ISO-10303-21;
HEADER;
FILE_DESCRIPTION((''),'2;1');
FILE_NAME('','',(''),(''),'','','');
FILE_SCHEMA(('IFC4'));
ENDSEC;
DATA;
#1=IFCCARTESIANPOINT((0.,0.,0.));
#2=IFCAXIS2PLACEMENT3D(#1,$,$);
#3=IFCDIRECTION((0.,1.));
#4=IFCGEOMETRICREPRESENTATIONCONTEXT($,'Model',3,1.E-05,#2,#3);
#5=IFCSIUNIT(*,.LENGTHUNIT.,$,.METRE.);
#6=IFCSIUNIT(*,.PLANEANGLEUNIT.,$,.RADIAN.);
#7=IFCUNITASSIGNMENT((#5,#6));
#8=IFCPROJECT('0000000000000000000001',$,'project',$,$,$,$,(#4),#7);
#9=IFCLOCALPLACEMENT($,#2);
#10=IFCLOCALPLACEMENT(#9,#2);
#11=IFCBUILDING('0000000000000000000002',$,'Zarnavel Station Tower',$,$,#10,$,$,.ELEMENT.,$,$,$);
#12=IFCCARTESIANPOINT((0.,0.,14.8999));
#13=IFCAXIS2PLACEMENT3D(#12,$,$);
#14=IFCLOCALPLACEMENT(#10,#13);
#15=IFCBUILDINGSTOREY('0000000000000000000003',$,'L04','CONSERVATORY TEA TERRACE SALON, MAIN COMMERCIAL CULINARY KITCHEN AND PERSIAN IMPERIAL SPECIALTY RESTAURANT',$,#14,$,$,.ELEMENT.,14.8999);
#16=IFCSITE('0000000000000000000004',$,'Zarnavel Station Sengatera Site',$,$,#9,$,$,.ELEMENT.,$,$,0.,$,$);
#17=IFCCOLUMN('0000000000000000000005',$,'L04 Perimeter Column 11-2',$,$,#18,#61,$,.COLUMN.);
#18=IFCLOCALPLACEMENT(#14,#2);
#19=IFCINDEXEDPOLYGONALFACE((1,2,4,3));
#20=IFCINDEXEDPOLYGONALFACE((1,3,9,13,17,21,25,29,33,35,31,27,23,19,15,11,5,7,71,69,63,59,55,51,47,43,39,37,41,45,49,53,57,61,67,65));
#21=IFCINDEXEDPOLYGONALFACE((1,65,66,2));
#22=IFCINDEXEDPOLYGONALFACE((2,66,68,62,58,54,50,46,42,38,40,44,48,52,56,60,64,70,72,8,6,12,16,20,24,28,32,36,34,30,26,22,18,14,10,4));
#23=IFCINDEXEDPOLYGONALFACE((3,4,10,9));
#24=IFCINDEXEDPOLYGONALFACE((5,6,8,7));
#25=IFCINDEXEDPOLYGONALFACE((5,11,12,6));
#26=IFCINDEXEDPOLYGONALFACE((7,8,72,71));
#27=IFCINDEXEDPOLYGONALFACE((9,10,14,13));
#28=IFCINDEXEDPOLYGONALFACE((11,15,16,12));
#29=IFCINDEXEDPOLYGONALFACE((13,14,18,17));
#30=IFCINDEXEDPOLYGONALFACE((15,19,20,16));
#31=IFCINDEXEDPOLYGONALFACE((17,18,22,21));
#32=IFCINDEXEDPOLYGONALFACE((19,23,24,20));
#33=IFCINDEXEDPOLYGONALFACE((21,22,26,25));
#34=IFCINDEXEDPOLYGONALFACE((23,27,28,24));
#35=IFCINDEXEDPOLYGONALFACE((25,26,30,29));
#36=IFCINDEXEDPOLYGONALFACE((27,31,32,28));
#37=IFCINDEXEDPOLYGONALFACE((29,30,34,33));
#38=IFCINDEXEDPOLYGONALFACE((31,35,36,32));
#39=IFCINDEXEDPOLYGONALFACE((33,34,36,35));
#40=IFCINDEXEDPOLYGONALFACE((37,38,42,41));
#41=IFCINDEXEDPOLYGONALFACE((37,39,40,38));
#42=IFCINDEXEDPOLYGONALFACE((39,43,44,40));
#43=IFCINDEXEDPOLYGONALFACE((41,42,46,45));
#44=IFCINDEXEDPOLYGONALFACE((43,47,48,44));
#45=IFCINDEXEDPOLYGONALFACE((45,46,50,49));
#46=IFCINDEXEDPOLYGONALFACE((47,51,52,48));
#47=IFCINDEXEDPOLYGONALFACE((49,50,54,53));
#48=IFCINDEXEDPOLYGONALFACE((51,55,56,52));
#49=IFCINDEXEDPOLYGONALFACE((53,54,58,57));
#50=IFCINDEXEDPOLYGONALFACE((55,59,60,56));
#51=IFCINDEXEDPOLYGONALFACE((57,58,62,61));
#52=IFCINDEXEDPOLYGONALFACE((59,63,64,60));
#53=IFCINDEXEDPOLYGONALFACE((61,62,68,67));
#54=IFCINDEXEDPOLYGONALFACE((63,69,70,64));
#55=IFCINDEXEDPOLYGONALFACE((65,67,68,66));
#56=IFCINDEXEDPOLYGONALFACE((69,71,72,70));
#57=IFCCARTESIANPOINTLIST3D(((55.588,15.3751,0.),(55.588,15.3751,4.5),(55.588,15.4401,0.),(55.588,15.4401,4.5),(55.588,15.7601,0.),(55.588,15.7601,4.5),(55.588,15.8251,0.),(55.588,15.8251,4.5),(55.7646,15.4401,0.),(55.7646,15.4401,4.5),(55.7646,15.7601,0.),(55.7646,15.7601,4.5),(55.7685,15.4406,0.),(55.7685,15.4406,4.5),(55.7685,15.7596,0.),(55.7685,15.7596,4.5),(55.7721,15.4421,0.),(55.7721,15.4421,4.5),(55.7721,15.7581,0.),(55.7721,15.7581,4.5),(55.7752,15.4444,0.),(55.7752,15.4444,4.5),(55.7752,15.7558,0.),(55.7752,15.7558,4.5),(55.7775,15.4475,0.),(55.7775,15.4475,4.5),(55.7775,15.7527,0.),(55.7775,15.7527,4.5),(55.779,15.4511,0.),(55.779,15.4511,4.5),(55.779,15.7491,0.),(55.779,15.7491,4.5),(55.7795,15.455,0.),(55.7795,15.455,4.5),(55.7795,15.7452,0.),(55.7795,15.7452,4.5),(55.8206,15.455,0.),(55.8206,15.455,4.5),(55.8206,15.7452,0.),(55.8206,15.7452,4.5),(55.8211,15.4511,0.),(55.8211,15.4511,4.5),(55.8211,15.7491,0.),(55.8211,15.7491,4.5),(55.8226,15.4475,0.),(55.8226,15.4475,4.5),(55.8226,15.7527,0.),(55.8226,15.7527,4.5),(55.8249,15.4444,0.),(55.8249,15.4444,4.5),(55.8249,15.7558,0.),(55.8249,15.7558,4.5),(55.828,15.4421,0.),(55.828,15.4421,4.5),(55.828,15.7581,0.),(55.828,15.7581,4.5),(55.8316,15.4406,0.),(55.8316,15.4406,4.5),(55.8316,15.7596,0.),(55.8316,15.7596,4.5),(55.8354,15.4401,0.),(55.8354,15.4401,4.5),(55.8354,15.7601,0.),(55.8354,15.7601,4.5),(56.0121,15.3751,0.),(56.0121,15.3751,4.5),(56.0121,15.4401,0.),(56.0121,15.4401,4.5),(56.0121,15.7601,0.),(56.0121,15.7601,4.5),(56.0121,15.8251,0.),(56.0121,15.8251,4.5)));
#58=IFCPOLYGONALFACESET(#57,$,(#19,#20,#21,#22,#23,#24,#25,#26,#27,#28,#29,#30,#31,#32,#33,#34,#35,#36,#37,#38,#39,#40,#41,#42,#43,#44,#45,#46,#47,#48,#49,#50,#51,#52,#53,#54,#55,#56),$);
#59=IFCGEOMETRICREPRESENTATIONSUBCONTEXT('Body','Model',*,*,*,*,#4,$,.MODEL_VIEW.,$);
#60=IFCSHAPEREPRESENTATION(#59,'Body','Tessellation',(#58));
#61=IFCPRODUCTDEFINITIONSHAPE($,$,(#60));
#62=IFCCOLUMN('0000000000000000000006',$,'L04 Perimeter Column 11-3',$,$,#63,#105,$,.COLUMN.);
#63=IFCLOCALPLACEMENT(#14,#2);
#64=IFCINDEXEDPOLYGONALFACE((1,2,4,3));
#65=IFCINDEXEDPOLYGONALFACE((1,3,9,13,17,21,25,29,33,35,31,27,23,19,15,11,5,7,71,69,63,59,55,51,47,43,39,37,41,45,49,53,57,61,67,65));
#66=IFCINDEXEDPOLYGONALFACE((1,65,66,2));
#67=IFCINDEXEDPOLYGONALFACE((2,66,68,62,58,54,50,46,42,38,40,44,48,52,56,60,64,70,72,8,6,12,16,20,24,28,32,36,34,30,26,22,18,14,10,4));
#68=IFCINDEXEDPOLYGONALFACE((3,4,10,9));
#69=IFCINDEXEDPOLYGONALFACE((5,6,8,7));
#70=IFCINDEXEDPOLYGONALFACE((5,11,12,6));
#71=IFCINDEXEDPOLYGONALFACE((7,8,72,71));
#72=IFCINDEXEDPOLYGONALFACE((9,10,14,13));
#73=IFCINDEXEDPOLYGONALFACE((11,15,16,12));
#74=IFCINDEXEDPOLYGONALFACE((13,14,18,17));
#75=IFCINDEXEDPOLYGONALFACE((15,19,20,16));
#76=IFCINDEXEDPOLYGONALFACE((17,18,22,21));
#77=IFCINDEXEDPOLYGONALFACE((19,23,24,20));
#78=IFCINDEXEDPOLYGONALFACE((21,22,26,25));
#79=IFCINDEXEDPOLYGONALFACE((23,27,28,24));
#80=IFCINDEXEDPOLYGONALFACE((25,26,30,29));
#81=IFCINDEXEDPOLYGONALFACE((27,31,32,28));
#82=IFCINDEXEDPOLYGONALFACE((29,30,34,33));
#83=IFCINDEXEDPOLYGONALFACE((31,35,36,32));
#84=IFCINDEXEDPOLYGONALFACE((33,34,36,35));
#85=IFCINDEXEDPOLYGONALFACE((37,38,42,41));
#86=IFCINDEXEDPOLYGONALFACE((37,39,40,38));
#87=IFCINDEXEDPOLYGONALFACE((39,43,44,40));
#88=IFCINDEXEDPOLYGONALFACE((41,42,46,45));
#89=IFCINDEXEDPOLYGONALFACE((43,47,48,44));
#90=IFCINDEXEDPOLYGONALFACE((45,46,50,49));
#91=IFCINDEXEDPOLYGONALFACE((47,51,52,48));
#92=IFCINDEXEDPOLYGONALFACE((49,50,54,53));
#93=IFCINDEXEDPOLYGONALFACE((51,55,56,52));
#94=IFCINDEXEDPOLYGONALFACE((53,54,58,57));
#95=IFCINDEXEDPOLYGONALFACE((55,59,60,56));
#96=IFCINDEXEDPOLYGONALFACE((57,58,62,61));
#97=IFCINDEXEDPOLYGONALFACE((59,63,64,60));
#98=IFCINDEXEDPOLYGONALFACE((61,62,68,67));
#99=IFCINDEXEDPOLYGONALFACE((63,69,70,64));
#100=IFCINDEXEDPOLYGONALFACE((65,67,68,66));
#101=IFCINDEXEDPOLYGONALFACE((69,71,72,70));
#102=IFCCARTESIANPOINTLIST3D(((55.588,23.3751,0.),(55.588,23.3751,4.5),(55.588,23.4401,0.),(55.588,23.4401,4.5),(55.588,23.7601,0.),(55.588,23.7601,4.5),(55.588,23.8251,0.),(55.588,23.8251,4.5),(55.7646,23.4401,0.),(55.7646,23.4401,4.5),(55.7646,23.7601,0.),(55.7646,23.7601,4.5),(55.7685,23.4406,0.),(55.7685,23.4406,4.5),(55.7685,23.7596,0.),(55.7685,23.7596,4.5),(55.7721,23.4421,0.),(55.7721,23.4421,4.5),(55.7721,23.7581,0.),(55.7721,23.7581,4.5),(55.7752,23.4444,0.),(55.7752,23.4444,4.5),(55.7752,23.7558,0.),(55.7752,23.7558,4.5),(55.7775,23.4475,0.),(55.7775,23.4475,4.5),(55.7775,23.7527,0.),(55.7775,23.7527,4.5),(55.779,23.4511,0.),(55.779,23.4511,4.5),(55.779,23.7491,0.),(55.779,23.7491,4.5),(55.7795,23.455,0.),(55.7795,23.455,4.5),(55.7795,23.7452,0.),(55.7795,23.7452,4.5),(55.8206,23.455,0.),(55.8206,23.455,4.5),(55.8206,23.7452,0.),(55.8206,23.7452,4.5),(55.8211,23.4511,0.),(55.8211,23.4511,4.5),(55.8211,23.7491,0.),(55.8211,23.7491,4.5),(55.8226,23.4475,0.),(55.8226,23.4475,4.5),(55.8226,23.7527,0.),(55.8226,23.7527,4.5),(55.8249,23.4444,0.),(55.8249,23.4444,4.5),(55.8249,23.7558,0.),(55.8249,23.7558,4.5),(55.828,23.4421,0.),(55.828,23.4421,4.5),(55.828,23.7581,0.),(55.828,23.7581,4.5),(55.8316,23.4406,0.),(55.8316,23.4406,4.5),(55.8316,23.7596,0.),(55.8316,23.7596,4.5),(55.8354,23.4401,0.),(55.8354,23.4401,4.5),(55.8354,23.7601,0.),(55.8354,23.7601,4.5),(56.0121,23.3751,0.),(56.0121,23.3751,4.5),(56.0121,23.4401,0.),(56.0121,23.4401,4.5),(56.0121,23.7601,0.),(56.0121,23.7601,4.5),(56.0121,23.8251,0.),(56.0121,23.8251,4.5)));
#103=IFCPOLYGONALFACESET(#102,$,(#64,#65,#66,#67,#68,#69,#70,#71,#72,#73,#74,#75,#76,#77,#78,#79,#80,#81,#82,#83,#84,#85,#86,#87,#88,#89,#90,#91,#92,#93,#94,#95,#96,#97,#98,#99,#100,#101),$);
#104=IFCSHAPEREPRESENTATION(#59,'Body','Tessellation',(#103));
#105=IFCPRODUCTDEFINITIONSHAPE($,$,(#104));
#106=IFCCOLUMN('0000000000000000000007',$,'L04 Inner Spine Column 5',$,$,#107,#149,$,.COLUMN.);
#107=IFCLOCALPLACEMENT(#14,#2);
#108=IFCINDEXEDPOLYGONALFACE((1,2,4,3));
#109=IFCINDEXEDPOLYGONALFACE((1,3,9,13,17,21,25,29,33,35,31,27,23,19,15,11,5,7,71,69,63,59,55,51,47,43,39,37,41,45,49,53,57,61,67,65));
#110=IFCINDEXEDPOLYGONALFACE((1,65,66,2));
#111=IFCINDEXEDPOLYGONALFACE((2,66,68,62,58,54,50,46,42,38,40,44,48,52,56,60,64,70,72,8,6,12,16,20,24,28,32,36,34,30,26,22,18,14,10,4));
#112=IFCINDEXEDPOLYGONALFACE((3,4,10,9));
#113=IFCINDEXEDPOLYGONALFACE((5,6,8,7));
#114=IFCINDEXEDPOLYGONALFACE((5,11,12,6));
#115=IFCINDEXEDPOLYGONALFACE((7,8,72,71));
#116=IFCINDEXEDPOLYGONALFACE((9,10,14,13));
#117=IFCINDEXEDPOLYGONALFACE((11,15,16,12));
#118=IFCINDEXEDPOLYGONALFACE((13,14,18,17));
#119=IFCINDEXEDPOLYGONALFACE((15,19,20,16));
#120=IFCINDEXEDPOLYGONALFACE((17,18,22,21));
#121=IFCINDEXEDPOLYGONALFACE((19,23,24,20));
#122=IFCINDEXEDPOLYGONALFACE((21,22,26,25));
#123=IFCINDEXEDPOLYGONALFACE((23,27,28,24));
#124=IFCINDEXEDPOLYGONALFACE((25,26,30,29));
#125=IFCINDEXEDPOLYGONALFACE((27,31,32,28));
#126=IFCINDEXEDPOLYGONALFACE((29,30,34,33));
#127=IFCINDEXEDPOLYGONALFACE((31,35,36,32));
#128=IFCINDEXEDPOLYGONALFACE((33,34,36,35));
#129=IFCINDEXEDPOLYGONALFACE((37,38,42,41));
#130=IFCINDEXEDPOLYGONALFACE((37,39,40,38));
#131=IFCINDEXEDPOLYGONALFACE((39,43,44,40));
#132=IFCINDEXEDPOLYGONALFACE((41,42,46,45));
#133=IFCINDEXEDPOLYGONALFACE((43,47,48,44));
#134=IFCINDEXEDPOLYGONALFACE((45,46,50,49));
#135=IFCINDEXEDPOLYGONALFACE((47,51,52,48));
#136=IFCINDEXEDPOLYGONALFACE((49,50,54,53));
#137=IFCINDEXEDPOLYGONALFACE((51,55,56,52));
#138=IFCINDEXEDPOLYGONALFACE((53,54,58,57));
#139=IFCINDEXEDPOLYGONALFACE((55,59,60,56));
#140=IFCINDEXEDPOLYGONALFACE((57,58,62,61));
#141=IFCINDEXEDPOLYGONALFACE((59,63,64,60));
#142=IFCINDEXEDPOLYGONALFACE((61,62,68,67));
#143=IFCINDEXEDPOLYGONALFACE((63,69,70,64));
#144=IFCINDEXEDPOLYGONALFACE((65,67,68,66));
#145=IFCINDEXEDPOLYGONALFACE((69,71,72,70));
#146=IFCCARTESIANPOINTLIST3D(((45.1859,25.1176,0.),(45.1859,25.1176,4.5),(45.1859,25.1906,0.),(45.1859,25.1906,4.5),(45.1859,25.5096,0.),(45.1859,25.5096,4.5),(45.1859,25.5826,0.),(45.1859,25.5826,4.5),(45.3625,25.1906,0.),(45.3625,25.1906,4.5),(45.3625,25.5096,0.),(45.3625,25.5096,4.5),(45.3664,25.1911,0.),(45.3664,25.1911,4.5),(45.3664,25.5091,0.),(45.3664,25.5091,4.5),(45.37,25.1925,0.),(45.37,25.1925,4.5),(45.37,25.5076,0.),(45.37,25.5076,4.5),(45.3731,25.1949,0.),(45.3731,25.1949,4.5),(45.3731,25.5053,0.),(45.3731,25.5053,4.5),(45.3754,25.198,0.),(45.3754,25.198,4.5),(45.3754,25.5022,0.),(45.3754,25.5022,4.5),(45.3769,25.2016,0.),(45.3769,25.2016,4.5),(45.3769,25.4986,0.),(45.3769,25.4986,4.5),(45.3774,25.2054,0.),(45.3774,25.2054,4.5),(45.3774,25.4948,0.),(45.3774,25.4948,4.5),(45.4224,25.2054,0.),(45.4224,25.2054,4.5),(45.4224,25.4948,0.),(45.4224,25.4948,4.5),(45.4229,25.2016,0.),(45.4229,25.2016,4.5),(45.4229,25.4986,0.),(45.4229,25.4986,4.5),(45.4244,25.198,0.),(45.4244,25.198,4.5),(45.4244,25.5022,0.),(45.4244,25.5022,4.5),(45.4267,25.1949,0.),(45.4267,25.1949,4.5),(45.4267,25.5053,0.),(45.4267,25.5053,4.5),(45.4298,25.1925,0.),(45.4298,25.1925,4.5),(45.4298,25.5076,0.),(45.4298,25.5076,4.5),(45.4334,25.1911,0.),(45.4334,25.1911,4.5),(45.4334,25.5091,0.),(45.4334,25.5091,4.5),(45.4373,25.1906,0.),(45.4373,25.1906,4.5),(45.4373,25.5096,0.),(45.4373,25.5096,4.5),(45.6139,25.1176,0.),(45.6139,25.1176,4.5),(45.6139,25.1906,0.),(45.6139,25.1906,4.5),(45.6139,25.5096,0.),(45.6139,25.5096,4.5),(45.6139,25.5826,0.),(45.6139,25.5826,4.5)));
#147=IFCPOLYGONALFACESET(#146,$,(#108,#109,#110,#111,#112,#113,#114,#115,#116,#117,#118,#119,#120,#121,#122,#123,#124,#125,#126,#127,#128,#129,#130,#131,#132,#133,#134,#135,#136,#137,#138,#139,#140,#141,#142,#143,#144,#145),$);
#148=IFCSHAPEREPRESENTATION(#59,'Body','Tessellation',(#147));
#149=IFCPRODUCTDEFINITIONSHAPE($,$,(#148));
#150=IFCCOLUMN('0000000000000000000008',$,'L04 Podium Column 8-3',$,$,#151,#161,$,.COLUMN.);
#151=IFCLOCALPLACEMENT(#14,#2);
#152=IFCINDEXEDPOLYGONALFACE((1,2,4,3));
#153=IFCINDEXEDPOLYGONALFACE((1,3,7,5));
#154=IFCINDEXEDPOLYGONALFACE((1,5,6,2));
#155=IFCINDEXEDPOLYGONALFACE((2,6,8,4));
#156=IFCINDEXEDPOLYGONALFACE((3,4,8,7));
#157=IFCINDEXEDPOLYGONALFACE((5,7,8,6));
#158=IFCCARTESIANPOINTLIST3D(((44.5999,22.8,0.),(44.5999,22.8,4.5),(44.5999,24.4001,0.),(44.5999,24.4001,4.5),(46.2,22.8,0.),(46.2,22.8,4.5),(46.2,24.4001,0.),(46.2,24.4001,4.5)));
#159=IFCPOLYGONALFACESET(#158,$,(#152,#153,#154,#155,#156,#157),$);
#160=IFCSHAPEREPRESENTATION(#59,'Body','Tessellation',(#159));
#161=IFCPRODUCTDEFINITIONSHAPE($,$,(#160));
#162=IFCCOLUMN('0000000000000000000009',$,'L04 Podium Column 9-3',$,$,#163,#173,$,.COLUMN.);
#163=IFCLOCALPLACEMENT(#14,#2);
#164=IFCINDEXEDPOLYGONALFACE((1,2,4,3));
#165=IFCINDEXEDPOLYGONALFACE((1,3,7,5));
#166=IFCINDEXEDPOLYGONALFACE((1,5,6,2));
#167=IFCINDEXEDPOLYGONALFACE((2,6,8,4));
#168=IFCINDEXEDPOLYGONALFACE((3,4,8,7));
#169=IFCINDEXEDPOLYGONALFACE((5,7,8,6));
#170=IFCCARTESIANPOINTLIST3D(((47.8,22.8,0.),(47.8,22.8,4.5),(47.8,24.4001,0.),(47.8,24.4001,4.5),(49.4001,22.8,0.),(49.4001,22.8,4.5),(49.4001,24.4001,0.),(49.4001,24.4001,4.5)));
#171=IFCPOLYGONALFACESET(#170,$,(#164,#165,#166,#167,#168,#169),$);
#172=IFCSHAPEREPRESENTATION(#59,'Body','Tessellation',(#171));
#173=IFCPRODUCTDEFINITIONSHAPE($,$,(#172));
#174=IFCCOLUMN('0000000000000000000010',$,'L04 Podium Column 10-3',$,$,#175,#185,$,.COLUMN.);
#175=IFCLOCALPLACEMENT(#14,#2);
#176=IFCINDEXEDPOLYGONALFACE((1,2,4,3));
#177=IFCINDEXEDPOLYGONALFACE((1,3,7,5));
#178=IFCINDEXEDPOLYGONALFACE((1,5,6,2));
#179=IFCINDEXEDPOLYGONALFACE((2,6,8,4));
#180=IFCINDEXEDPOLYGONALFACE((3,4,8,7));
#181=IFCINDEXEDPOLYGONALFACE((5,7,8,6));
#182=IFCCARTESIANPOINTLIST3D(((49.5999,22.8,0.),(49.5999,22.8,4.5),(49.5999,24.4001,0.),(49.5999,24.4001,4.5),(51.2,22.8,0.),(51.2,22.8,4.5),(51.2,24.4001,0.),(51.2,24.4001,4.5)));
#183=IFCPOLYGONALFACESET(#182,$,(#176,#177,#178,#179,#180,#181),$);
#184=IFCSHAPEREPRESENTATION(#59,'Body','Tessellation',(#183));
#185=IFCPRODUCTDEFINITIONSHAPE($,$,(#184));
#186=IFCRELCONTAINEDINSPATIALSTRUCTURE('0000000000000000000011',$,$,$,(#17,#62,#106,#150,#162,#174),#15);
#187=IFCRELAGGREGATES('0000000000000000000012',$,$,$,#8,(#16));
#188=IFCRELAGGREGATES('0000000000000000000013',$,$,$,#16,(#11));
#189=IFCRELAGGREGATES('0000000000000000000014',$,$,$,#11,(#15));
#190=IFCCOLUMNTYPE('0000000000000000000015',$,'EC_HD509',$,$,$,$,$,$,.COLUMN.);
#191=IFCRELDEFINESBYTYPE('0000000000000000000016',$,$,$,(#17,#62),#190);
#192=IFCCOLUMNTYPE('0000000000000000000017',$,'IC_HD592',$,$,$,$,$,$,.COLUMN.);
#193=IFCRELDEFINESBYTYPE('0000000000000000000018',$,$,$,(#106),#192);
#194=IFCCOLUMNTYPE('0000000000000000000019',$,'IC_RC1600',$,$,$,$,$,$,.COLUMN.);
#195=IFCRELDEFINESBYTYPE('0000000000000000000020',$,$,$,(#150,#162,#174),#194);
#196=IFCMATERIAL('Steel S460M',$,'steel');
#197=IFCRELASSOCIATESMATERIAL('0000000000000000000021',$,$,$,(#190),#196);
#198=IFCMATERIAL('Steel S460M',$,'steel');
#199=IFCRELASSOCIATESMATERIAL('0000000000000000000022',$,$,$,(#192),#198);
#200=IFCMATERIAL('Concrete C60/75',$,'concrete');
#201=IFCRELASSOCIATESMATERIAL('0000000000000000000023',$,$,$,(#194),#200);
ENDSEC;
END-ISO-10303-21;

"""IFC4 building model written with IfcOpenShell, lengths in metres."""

from ifc_helpers import new_model, si_unit, direction, frame, origin, origin_2d, place, context, subcontext, project, spatial, rectangle, i_section, extrude, material, material_profile, profile_set, type_object, element, save


model = new_model("IFC4")

# Units and contexts
model_context = context("Model", 3, precision=1e-05, world=origin(), true_north=direction((0.0, 1.0)))
body_context = subcontext(model_context, "Body", "Model", "MODEL_VIEW")
ifc_project = project(units=[si_unit("LENGTHUNIT", "METRE"), si_unit("PLANEANGLEUNIT", "RADIAN")], contexts=[model_context])

# Site, building, storey
site_placement = place(None, origin())
site = spatial("IfcSite", under=ifc_project, at=site_placement, Name="Zarnavel Station Sengatera Site", CompositionType="ELEMENT", RefElevation=0.0)
building_placement = place(site_placement, origin())
building = spatial("IfcBuilding", under=site, at=building_placement, Name="Zarnavel Station Tower", CompositionType="ELEMENT")
storey_placement = place(building_placement, frame((0.0, 0.0, 14.8999)))
storey = spatial("IfcBuildingStorey", under=building, at=storey_placement, Name="L04", Description="CONSERVATORY TEA TERRACE SALON, MAIN COMMERCIAL CULINARY KITCHEN AND PERSIAN IMPERIAL SPECIALTY RESTAURANT", CompositionType="ELEMENT", Elevation=14.8999)

# Columns
ifc_material_1 = material(Name="Steel S460M", Category="steel")
ifc_material_profile_1 = material_profile(ifc_material_1, i_section(OverallWidth=0.4241, OverallDepth=0.45, WebThickness=0.041, FlangeThickness=0.0649, FilletRadius=0.0149, at=origin_2d()), Name="HD400x509")
ifc_profile_set_1 = profile_set([ifc_material_profile_1], Name="Steel S460M")
column_type_1 = type_object("IfcColumnType", Name="EC_HD509", PredefinedType="COLUMN", material=ifc_profile_set_1)
for number, where, z_axis, x_axis, name in (
    (1, (55.8, 15.6001, 0.0), (0.0, 0.0, 1.0), (1.0, 0.0, 0.0), "L04 Perimeter Column 11-2"),
    (2, (55.8, 23.6001, 0.0), (0.0, 0.0, 1.0), (1.0, 0.0, 0.0), "L04 Perimeter Column 11-3"),
):
    element("IfcColumn", number, at=place(storey_placement, frame(where, z_axis=z_axis, x_axis=x_axis)), inside=storey, type_object=column_type_1, Name=name, PredefinedType="COLUMN", context=body_context, shape_type="SweptSolid", body=[
        extrude(i_section(OverallWidth=0.4241, OverallDepth=0.45, WebThickness=0.041, FlangeThickness=0.0649, FilletRadius=0.0149, at=origin_2d()), origin(), (0.0, 0.0, 1.0), 4.5),
    ])
ifc_material_2 = material(Name="Steel S460M", Category="steel")
ifc_material_profile_2 = material_profile(ifc_material_2, i_section(OverallWidth=0.428, OverallDepth=0.4651, WebThickness=0.0449, FlangeThickness=0.073, FilletRadius=0.0149, at=origin_2d()), Name="HD400x592")
ifc_profile_set_2 = profile_set([ifc_material_profile_2], Name="Steel S460M")
column_type_2 = type_object("IfcColumnType", Name="IC_HD592", PredefinedType="COLUMN", material=ifc_profile_set_2)
column_placement = place(storey_placement, frame((45.3999, 25.3501, 0.0), z_axis=(0.0, 0.0, 1.0), x_axis=(1.0, 0.0, 0.0)))
element("IfcColumn", 3, at=column_placement, inside=storey, type_object=column_type_2, Name="L04 Inner Spine Column 5", PredefinedType="COLUMN", context=body_context, shape_type="SweptSolid", body=[
    extrude(i_section(OverallWidth=0.428, OverallDepth=0.4651, WebThickness=0.0449, FlangeThickness=0.073, FilletRadius=0.0149, at=origin_2d()), origin(), (0.0, 0.0, 1.0), 4.5),
])
ifc_material_3 = material(Name="Concrete C60/75", Category="concrete")
ifc_material_profile_3 = material_profile(ifc_material_3, rectangle(XDim=1.6001, YDim=1.6001, at=origin_2d()), Name="RC1600x1600")
ifc_profile_set_3 = profile_set([ifc_material_profile_3], Name="Concrete C60/75")
column_type_3 = type_object("IfcColumnType", Name="IC_RC1600", PredefinedType="COLUMN", material=ifc_profile_set_3)
for number, where, z_axis, x_axis, name in (
    (4, (45.3999, 23.6001, 0.0), (0.0, 0.0, 1.0), (1.0, 0.0, 0.0), "L04 Podium Column 8-3"),
    (5, (48.6001, 23.6001, 0.0), (0.0, 0.0, 1.0), (1.0, 0.0, 0.0), "L04 Podium Column 9-3"),
    (6, (50.3999, 23.6001, 0.0), (0.0, 0.0, 1.0), (1.0, 0.0, 0.0), "L04 Podium Column 10-3"),
):
    element("IfcColumn", number, at=place(storey_placement, frame(where, z_axis=z_axis, x_axis=x_axis)), inside=storey, type_object=column_type_3, Name=name, PredefinedType="COLUMN", context=body_context, shape_type="SweptSolid", body=[
        extrude(rectangle(XDim=1.6001, YDim=1.6001, at=origin_2d()), origin(), (0.0, 0.0, 1.0), 4.5),
    ])

save(model, "model.ifc")
